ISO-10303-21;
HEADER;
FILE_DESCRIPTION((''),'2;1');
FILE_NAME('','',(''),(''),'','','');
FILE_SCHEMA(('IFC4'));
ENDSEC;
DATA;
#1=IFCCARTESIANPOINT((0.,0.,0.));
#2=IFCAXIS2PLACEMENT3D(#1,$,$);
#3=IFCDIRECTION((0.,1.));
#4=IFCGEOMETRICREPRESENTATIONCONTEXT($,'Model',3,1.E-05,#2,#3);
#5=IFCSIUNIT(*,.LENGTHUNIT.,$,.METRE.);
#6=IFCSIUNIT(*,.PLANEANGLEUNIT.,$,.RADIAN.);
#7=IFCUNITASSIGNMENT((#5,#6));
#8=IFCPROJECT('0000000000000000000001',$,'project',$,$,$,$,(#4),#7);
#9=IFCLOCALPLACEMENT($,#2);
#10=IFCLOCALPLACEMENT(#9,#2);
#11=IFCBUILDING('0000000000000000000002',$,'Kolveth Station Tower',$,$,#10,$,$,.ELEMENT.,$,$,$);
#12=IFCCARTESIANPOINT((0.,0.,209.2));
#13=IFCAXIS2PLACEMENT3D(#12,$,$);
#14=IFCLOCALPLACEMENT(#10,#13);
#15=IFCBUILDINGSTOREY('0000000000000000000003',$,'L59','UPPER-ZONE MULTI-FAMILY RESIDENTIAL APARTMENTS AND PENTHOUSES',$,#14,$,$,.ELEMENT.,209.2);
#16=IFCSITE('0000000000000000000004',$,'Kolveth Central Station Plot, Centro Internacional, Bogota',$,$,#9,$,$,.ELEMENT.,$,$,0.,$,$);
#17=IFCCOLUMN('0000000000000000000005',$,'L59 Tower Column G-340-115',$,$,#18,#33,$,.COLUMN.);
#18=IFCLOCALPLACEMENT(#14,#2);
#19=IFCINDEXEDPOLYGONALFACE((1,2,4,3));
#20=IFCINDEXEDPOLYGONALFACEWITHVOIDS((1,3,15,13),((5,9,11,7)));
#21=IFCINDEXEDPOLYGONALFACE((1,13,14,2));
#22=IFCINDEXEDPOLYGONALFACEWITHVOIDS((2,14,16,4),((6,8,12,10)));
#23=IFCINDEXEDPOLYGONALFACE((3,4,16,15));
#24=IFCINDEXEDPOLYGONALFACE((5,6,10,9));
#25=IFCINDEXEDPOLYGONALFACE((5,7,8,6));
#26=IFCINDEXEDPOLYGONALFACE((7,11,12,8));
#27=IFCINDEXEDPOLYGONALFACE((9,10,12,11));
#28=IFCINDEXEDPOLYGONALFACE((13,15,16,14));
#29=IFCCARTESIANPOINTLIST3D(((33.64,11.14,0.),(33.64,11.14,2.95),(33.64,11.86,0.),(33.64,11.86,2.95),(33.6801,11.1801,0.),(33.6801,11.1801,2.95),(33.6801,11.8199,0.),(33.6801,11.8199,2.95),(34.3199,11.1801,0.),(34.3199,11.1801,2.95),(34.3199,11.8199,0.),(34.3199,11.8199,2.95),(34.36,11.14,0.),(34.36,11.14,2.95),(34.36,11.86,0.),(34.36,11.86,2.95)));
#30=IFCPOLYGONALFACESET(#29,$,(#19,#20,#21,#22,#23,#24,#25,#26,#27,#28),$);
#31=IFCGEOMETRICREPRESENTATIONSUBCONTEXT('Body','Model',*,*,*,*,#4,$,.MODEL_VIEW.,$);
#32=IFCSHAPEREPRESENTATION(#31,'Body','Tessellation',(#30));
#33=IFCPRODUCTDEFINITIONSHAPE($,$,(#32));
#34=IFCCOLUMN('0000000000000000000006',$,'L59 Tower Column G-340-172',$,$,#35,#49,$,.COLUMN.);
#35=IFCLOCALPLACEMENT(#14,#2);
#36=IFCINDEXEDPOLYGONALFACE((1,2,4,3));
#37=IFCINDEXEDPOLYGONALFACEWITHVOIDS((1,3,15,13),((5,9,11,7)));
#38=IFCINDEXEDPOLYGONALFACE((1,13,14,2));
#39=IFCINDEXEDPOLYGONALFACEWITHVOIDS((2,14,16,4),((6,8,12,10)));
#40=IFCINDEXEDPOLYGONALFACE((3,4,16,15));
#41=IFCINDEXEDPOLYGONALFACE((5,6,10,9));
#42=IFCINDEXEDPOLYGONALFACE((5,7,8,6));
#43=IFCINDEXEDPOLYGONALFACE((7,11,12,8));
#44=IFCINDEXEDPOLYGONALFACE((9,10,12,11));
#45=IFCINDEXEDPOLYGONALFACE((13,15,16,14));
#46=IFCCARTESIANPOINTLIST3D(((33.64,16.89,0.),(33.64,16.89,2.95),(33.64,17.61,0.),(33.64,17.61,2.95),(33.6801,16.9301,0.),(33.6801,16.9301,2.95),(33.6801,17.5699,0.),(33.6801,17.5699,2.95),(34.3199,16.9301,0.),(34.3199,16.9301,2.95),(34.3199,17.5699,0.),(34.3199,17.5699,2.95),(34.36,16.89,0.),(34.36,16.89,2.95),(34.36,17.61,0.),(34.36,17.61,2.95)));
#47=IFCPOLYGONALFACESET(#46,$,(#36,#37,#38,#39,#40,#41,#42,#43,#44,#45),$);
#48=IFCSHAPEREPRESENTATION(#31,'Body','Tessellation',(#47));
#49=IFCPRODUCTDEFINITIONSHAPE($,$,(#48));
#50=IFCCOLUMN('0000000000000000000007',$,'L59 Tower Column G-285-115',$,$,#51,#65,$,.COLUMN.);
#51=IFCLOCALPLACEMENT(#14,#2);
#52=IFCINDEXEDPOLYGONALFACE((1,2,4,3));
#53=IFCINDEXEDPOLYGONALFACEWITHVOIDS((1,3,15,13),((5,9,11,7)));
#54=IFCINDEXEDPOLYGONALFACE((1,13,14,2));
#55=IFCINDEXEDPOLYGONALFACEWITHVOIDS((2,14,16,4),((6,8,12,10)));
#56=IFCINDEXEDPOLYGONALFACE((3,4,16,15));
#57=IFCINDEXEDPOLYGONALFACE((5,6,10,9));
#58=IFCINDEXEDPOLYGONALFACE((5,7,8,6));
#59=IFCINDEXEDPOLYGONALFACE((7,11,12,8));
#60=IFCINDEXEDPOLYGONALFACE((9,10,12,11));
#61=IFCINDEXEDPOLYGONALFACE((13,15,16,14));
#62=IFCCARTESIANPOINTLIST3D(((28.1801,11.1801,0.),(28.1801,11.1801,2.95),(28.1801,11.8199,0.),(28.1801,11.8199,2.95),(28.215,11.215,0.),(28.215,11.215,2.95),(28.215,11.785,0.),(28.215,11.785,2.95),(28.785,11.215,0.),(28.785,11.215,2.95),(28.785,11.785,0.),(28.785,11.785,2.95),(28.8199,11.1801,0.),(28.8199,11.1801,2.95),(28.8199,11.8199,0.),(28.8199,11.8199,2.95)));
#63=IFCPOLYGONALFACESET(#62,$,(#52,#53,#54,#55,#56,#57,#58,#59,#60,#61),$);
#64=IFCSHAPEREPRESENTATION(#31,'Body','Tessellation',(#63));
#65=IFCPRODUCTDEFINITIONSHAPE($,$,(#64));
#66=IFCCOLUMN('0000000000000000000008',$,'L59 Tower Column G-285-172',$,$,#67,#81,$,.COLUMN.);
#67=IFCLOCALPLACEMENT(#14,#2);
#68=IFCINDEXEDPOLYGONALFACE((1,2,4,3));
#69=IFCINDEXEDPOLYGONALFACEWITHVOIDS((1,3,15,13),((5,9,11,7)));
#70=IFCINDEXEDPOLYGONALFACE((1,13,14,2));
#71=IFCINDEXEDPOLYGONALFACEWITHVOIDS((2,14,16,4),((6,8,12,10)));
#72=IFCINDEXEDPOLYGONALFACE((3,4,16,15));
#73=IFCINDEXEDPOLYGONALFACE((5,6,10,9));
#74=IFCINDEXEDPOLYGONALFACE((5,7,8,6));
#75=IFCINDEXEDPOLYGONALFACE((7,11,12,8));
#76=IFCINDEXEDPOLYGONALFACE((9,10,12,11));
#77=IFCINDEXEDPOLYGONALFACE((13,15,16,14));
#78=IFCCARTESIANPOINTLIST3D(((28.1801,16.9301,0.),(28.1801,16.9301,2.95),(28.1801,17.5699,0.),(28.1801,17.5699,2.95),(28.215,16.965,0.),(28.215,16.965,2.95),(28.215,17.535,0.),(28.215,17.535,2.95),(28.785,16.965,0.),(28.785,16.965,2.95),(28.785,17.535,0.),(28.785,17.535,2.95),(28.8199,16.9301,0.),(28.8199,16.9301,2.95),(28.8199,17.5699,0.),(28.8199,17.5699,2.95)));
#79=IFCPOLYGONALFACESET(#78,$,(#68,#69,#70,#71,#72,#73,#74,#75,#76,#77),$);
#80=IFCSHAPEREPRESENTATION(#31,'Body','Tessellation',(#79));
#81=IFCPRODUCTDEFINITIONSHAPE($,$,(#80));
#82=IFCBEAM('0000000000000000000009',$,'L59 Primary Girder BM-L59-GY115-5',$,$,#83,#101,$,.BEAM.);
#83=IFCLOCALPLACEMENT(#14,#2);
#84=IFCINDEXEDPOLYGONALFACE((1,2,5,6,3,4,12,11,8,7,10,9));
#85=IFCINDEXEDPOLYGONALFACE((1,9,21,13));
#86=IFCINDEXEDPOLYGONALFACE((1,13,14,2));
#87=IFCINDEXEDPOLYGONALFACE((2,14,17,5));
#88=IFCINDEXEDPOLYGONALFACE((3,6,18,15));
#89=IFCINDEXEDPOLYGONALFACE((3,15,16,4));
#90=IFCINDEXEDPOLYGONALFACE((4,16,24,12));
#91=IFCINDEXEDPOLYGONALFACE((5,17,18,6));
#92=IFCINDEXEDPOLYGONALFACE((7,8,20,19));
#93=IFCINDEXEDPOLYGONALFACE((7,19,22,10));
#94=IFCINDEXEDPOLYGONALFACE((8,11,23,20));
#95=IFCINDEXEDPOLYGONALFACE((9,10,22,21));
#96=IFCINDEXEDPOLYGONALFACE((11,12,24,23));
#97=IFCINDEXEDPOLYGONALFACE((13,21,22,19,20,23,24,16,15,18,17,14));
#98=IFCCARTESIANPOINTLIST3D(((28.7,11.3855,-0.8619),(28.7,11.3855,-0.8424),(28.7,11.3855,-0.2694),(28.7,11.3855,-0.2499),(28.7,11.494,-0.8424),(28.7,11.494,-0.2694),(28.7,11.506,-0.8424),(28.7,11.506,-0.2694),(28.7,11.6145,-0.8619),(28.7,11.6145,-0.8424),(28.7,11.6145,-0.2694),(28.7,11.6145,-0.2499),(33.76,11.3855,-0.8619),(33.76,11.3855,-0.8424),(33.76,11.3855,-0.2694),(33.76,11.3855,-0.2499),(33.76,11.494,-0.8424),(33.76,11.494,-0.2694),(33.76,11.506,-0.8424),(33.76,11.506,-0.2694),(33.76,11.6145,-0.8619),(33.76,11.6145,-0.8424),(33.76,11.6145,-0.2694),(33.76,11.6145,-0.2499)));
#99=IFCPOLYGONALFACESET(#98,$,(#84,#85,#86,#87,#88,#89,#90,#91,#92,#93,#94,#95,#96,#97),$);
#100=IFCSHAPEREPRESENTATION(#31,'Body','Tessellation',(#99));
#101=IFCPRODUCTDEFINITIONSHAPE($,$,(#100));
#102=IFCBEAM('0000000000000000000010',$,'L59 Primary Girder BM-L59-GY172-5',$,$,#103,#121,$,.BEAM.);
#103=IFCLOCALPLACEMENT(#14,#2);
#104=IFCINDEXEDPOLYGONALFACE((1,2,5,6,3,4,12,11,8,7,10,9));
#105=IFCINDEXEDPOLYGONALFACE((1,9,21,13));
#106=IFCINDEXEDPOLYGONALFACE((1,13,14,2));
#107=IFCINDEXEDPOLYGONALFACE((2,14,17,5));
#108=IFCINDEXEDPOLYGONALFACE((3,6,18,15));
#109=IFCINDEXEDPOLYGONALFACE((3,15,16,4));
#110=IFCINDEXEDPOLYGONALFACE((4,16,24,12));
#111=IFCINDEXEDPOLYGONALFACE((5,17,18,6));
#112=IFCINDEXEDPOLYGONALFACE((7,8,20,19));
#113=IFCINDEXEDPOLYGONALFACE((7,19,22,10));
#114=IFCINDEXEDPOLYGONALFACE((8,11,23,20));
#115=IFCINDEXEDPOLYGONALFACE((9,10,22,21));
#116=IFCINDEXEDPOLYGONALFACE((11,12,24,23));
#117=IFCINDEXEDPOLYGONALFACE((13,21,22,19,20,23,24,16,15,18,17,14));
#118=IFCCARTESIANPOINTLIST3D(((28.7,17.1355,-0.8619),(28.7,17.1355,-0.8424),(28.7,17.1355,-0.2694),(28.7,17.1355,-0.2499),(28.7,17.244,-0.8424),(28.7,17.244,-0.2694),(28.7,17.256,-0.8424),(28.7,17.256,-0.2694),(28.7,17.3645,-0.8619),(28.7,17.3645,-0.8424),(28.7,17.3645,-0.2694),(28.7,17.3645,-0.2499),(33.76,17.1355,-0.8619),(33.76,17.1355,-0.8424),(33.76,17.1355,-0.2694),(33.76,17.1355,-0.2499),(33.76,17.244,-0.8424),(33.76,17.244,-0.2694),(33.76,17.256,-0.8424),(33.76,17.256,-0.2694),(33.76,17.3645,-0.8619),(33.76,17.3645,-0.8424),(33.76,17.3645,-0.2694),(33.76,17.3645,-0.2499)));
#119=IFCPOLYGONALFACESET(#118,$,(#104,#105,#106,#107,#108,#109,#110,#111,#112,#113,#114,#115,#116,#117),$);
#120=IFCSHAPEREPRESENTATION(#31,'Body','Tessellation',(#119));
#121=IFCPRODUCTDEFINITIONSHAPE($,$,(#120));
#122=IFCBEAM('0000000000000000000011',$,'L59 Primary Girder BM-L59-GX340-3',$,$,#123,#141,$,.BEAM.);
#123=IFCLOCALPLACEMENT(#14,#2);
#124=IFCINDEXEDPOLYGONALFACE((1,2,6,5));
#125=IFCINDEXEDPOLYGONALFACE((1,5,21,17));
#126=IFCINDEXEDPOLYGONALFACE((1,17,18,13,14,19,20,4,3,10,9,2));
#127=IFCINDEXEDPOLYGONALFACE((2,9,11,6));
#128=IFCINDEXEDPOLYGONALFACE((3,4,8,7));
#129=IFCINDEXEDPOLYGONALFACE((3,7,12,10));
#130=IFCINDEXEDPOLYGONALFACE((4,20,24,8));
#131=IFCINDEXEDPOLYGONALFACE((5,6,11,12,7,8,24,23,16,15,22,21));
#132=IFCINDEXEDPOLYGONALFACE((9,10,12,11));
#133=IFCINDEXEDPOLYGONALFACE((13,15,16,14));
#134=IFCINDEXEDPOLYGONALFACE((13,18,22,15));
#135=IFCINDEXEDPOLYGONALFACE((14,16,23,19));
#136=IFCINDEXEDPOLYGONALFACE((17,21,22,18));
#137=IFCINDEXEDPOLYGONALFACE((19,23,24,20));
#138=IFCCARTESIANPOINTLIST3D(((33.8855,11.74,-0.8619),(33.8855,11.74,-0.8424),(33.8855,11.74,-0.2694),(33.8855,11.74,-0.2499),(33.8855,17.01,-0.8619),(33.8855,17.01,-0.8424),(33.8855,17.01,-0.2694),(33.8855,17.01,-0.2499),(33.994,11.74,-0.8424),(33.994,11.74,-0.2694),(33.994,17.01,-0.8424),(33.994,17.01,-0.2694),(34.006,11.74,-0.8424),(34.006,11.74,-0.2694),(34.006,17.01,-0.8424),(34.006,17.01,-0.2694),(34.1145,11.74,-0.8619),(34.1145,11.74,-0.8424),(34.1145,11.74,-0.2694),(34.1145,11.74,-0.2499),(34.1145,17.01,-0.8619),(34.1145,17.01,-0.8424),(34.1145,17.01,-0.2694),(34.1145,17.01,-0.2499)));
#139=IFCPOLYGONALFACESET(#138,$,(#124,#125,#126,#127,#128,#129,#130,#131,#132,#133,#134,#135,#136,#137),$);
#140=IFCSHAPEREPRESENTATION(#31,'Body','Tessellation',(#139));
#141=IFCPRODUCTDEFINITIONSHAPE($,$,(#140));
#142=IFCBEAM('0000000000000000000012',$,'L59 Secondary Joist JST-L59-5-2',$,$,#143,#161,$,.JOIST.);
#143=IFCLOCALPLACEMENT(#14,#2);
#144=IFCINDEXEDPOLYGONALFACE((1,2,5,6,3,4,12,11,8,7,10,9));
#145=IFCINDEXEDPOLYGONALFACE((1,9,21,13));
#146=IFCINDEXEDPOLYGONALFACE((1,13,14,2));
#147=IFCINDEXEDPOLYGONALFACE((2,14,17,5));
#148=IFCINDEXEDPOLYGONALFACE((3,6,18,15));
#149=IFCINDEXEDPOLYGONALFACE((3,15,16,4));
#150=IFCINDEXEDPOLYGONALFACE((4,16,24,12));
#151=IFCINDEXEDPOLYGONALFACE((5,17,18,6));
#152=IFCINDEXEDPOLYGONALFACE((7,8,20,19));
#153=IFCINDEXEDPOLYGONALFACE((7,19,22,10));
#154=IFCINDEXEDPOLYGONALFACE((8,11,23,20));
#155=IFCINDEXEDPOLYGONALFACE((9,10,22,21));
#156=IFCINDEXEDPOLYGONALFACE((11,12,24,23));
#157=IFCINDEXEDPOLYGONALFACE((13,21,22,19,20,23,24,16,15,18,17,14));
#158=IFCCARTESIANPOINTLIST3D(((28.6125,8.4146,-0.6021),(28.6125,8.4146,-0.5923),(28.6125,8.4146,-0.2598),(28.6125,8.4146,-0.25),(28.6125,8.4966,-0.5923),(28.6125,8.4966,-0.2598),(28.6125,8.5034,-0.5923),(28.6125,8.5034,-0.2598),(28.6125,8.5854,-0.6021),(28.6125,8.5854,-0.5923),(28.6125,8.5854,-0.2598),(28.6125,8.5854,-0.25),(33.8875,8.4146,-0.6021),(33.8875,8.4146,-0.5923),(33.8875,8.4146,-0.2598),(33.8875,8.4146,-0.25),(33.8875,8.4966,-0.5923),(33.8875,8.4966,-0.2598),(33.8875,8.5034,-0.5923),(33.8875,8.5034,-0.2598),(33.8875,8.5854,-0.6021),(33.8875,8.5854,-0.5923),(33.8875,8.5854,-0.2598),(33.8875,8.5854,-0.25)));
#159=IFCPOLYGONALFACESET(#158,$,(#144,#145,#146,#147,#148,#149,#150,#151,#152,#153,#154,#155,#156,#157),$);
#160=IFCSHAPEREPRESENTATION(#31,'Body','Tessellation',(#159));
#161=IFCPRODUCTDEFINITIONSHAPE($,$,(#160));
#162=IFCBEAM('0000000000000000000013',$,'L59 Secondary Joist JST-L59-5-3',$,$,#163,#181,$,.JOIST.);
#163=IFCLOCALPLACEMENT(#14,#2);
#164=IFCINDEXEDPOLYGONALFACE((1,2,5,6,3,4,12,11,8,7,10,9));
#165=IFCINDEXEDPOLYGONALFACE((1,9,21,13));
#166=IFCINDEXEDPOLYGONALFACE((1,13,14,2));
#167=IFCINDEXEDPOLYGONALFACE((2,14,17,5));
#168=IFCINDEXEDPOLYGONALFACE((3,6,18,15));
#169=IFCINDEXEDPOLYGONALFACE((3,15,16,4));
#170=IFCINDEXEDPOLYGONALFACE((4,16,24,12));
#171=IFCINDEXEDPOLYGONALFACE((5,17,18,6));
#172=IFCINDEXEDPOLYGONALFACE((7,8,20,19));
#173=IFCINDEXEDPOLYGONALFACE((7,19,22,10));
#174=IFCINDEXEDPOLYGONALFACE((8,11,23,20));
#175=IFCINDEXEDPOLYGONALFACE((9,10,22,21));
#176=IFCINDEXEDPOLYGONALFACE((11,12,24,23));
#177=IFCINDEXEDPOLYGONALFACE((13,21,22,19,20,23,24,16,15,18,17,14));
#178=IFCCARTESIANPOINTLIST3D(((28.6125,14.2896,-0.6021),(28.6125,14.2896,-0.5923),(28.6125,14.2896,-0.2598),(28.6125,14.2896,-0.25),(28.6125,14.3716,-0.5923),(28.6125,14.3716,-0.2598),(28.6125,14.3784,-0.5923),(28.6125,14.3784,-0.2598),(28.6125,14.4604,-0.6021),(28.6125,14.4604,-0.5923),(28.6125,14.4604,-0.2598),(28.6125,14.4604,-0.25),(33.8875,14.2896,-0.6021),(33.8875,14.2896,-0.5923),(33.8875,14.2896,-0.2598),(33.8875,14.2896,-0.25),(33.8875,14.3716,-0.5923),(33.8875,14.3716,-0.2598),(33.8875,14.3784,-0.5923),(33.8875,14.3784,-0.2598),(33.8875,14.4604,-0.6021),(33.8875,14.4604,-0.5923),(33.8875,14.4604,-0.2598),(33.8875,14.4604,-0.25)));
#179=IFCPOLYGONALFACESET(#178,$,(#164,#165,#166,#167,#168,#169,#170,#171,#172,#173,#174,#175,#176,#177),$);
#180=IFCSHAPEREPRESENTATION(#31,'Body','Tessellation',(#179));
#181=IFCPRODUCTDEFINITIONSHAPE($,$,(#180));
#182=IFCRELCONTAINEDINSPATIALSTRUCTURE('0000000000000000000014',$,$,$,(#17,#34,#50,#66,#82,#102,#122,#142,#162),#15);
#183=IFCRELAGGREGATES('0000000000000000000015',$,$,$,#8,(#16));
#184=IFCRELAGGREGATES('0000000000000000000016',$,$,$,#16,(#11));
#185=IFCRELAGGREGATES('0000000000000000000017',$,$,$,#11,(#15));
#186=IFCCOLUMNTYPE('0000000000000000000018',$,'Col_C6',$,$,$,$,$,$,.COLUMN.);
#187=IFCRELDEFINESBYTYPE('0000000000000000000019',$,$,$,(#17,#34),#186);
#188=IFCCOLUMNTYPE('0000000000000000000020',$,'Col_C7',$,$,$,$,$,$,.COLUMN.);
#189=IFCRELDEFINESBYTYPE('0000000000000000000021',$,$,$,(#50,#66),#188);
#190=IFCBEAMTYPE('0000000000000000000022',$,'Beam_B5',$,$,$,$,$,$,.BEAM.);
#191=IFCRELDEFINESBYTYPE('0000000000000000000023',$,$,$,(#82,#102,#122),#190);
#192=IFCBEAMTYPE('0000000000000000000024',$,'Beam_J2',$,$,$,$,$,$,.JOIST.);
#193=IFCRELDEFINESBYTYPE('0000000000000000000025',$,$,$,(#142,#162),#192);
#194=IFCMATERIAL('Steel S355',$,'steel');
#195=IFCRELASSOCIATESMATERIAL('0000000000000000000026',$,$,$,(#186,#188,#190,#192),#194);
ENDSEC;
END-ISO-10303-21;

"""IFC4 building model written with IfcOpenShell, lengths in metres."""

from ifc_helpers import new_model, si_unit, direction, frame, origin, origin_2d, place, context, subcontext, project, spatial, hollow_rectangle, i_section, extrude, source, transform, mapped, material, material_profile, profile_set, type_object, element, save


model = new_model("IFC4")

# Units and contexts
model_context = context("Model", 3, precision=1e-05, world=origin(), true_north=direction((0.0, 1.0)))
body_context = subcontext(model_context, "Body", "Model", "MODEL_VIEW")
ifc_project = project(units=[si_unit("LENGTHUNIT", "METRE"), si_unit("PLANEANGLEUNIT", "RADIAN")], contexts=[model_context])

# Site, building, storey
site_placement = place(None, origin())
site = spatial("IfcSite", under=ifc_project, at=site_placement, Name="Kolveth Central Station Plot, Centro Internacional, Bogota", CompositionType="ELEMENT", RefElevation=0.0)
building_placement = place(site_placement, origin())
building = spatial("IfcBuilding", under=site, at=building_placement, Name="Kolveth Station Tower", CompositionType="ELEMENT")
storey_placement = place(building_placement, frame((0.0, 0.0, 209.2)))
storey = spatial("IfcBuildingStorey", under=building, at=storey_placement, Name="L59", Description="UPPER-ZONE MULTI-FAMILY RESIDENTIAL APARTMENTS AND PENTHOUSES", CompositionType="ELEMENT", Elevation=209.2)

# Columns
ifc_material_1 = material(Name="Steel S355", Category="steel")
ifc_material_profile_1 = material_profile(ifc_material_1, hollow_rectangle(XDim=0.72, YDim=0.72, WallThickness=0.04, at=origin_2d()), Name="BOX720x720x40")
ifc_profile_set_1 = profile_set([ifc_material_profile_1], Name="Steel S355")
column_type_1 = type_object("IfcColumnType", Name="Col_C6", PredefinedType="COLUMN", material=ifc_profile_set_1)
shared_shape_1 = source(origin(), body_context, "Body", "SweptSolid", [
    extrude(hollow_rectangle(XDim=0.72, YDim=0.72, WallThickness=0.04, at=origin_2d()), origin(), (0.0, 0.0, 1.0), 2.95),
])
for number, where, z_axis, x_axis, name in (
    (1, (34.0, 11.5, 0.0), (0.0, 0.0, 1.0), (1.0, 0.0, 0.0), "L59 Tower Column G-340-115"),
    (2, (34.0, 17.25, 0.0), (0.0, 0.0, 1.0), (1.0, 0.0, 0.0), "L59 Tower Column G-340-172"),
):
    element("IfcColumn", number, at=place(storey_placement, frame(where, z_axis=z_axis, x_axis=x_axis)), inside=storey, type_object=column_type_1, Name=name, PredefinedType="COLUMN", context=body_context, shape_type="MappedRepresentation", body=[
        mapped(shared_shape_1, transform((0.0, 0.0, 0.0), x_axis=(1.0, 0.0, 0.0), y_axis=(0.0, 1.0, 0.0), z_axis=(0.0, 0.0, 1.0), scale=1.0)),
    ])
ifc_material_profile_2 = material_profile(ifc_material_1, hollow_rectangle(XDim=0.6399, YDim=0.6399, WallThickness=0.0349, at=origin_2d()), Name="BOX640x640x35")
ifc_profile_set_2 = profile_set([ifc_material_profile_2], Name="Steel S355")
column_type_2 = type_object("IfcColumnType", Name="Col_C7", PredefinedType="COLUMN", material=ifc_profile_set_2)
shared_shape_2 = source(origin(), body_context, "Body", "SweptSolid", [
    extrude(hollow_rectangle(XDim=0.6399, YDim=0.6399, WallThickness=0.0349, at=origin_2d()), origin(), (0.0, 0.0, 1.0), 2.95),
])
for number, where, z_axis, x_axis, name in (
    (3, (28.5, 11.5, 0.0), (0.0, 0.0, 1.0), (1.0, 0.0, 0.0), "L59 Tower Column G-285-115"),
    (4, (28.5, 17.25, 0.0), (0.0, 0.0, 1.0), (1.0, 0.0, 0.0), "L59 Tower Column G-285-172"),
):
    element("IfcColumn", number, at=place(storey_placement, frame(where, z_axis=z_axis, x_axis=x_axis)), inside=storey, type_object=column_type_2, Name=name, PredefinedType="COLUMN", context=body_context, shape_type="MappedRepresentation", body=[
        mapped(shared_shape_2, transform((0.0, 0.0, 0.0), x_axis=(1.0, 0.0, 0.0), y_axis=(0.0, 1.0, 0.0), z_axis=(0.0, 0.0, 1.0), scale=1.0)),
    ])

# Beams
ifc_material_profile_3 = material_profile(ifc_material_1, i_section(OverallWidth=0.229, OverallDepth=0.6121, WebThickness=0.012, FlangeThickness=0.0195, at=origin_2d()), Name="W610x125")
ifc_profile_set_3 = profile_set([ifc_material_profile_3], Name="Steel S355")
beam_type_1 = type_object("IfcBeamType", Name="Beam_B5", PredefinedType="BEAM", material=ifc_profile_set_3)
shared_shape_3 = source(origin(), body_context, "Body", "SweptSolid", [
    extrude(i_section(OverallWidth=0.229, OverallDepth=0.6121, WebThickness=0.012, FlangeThickness=0.0195, at=origin_2d()), origin(), (0.0, 0.0, 1.0), 5.0601),
])
for number, where, z_axis, x_axis, name in (
    (5, (28.7, 11.5, -0.5559), (1.0, 0.0, 0.0), (0.0, 1.0, 0.0), "L59 Primary Girder BM-L59-GY115-5"),
    (6, (28.7, 17.25, -0.5559), (1.0, 0.0, 0.0), (0.0, 1.0, 0.0), "L59 Primary Girder BM-L59-GY172-5"),
):
    element("IfcBeam", number, at=place(storey_placement, frame(where, z_axis=z_axis, x_axis=x_axis)), inside=storey, type_object=beam_type_1, Name=name, PredefinedType="BEAM", context=body_context, shape_type="MappedRepresentation", body=[
        mapped(shared_shape_3, transform((0.0, 0.0, 0.0), x_axis=(1.0, 0.0, 0.0), y_axis=(0.0, 1.0, 0.0), z_axis=(0.0, 0.0, 1.0), scale=1.0)),
    ])
shared_shape_4 = source(origin(), body_context, "Body", "SweptSolid", [
    extrude(i_section(OverallWidth=0.229, OverallDepth=0.6121, WebThickness=0.012, FlangeThickness=0.0195, at=origin_2d()), origin(), (0.0, 0.0, 1.0), 5.27),
])
beam_1_placement = place(storey_placement, frame((34.0, 11.74, -0.5559), z_axis=(0.0, 1.0, 0.0), x_axis=(-1.0, 0.0, 0.0)))
element("IfcBeam", 7, at=beam_1_placement, inside=storey, type_object=beam_type_1, Name="L59 Primary Girder BM-L59-GX340-3", PredefinedType="BEAM", context=body_context, shape_type="MappedRepresentation", body=[
    mapped(shared_shape_4, transform((0.0, 0.0, 0.0), x_axis=(1.0, 0.0, 0.0), y_axis=(0.0, 1.0, 0.0), z_axis=(0.0, 0.0, 1.0), scale=1.0)),
])
ifc_material_profile_4 = material_profile(ifc_material_1, i_section(OverallWidth=0.1709, OverallDepth=0.3521, WebThickness=0.0068, FlangeThickness=0.0098, at=origin_2d()), Name="W360x44")
ifc_profile_set_4 = profile_set([ifc_material_profile_4], Name="Steel S355")
beam_type_2 = type_object("IfcBeamType", Name="Beam_J2", PredefinedType="JOIST", material=ifc_profile_set_4)
shared_shape_5 = source(origin(), body_context, "Body", "SweptSolid", [
    extrude(i_section(OverallWidth=0.1709, OverallDepth=0.3521, WebThickness=0.0068, FlangeThickness=0.0098, at=origin_2d()), origin(), (0.0, 0.0, 1.0), 5.2749),
])
for number, where, z_axis, x_axis, name in (
    (8, (28.6125, 8.5, -0.426), (1.0, 0.0, 0.0), (0.0, 1.0, 0.0), "L59 Secondary Joist JST-L59-5-2"),
    (9, (28.6125, 14.375, -0.426), (1.0, 0.0, 0.0), (0.0, 1.0, 0.0), "L59 Secondary Joist JST-L59-5-3"),
):
    element("IfcBeam", number, at=place(storey_placement, frame(where, z_axis=z_axis, x_axis=x_axis)), inside=storey, type_object=beam_type_2, Name=name, PredefinedType="JOIST", context=body_context, shape_type="MappedRepresentation", body=[
        mapped(shared_shape_5, transform((0.0, 0.0, 0.0), x_axis=(1.0, 0.0, 0.0), y_axis=(0.0, 1.0, 0.0), z_axis=(0.0, 0.0, 1.0), scale=1.0)),
    ])

save(model, "model.ifc")
